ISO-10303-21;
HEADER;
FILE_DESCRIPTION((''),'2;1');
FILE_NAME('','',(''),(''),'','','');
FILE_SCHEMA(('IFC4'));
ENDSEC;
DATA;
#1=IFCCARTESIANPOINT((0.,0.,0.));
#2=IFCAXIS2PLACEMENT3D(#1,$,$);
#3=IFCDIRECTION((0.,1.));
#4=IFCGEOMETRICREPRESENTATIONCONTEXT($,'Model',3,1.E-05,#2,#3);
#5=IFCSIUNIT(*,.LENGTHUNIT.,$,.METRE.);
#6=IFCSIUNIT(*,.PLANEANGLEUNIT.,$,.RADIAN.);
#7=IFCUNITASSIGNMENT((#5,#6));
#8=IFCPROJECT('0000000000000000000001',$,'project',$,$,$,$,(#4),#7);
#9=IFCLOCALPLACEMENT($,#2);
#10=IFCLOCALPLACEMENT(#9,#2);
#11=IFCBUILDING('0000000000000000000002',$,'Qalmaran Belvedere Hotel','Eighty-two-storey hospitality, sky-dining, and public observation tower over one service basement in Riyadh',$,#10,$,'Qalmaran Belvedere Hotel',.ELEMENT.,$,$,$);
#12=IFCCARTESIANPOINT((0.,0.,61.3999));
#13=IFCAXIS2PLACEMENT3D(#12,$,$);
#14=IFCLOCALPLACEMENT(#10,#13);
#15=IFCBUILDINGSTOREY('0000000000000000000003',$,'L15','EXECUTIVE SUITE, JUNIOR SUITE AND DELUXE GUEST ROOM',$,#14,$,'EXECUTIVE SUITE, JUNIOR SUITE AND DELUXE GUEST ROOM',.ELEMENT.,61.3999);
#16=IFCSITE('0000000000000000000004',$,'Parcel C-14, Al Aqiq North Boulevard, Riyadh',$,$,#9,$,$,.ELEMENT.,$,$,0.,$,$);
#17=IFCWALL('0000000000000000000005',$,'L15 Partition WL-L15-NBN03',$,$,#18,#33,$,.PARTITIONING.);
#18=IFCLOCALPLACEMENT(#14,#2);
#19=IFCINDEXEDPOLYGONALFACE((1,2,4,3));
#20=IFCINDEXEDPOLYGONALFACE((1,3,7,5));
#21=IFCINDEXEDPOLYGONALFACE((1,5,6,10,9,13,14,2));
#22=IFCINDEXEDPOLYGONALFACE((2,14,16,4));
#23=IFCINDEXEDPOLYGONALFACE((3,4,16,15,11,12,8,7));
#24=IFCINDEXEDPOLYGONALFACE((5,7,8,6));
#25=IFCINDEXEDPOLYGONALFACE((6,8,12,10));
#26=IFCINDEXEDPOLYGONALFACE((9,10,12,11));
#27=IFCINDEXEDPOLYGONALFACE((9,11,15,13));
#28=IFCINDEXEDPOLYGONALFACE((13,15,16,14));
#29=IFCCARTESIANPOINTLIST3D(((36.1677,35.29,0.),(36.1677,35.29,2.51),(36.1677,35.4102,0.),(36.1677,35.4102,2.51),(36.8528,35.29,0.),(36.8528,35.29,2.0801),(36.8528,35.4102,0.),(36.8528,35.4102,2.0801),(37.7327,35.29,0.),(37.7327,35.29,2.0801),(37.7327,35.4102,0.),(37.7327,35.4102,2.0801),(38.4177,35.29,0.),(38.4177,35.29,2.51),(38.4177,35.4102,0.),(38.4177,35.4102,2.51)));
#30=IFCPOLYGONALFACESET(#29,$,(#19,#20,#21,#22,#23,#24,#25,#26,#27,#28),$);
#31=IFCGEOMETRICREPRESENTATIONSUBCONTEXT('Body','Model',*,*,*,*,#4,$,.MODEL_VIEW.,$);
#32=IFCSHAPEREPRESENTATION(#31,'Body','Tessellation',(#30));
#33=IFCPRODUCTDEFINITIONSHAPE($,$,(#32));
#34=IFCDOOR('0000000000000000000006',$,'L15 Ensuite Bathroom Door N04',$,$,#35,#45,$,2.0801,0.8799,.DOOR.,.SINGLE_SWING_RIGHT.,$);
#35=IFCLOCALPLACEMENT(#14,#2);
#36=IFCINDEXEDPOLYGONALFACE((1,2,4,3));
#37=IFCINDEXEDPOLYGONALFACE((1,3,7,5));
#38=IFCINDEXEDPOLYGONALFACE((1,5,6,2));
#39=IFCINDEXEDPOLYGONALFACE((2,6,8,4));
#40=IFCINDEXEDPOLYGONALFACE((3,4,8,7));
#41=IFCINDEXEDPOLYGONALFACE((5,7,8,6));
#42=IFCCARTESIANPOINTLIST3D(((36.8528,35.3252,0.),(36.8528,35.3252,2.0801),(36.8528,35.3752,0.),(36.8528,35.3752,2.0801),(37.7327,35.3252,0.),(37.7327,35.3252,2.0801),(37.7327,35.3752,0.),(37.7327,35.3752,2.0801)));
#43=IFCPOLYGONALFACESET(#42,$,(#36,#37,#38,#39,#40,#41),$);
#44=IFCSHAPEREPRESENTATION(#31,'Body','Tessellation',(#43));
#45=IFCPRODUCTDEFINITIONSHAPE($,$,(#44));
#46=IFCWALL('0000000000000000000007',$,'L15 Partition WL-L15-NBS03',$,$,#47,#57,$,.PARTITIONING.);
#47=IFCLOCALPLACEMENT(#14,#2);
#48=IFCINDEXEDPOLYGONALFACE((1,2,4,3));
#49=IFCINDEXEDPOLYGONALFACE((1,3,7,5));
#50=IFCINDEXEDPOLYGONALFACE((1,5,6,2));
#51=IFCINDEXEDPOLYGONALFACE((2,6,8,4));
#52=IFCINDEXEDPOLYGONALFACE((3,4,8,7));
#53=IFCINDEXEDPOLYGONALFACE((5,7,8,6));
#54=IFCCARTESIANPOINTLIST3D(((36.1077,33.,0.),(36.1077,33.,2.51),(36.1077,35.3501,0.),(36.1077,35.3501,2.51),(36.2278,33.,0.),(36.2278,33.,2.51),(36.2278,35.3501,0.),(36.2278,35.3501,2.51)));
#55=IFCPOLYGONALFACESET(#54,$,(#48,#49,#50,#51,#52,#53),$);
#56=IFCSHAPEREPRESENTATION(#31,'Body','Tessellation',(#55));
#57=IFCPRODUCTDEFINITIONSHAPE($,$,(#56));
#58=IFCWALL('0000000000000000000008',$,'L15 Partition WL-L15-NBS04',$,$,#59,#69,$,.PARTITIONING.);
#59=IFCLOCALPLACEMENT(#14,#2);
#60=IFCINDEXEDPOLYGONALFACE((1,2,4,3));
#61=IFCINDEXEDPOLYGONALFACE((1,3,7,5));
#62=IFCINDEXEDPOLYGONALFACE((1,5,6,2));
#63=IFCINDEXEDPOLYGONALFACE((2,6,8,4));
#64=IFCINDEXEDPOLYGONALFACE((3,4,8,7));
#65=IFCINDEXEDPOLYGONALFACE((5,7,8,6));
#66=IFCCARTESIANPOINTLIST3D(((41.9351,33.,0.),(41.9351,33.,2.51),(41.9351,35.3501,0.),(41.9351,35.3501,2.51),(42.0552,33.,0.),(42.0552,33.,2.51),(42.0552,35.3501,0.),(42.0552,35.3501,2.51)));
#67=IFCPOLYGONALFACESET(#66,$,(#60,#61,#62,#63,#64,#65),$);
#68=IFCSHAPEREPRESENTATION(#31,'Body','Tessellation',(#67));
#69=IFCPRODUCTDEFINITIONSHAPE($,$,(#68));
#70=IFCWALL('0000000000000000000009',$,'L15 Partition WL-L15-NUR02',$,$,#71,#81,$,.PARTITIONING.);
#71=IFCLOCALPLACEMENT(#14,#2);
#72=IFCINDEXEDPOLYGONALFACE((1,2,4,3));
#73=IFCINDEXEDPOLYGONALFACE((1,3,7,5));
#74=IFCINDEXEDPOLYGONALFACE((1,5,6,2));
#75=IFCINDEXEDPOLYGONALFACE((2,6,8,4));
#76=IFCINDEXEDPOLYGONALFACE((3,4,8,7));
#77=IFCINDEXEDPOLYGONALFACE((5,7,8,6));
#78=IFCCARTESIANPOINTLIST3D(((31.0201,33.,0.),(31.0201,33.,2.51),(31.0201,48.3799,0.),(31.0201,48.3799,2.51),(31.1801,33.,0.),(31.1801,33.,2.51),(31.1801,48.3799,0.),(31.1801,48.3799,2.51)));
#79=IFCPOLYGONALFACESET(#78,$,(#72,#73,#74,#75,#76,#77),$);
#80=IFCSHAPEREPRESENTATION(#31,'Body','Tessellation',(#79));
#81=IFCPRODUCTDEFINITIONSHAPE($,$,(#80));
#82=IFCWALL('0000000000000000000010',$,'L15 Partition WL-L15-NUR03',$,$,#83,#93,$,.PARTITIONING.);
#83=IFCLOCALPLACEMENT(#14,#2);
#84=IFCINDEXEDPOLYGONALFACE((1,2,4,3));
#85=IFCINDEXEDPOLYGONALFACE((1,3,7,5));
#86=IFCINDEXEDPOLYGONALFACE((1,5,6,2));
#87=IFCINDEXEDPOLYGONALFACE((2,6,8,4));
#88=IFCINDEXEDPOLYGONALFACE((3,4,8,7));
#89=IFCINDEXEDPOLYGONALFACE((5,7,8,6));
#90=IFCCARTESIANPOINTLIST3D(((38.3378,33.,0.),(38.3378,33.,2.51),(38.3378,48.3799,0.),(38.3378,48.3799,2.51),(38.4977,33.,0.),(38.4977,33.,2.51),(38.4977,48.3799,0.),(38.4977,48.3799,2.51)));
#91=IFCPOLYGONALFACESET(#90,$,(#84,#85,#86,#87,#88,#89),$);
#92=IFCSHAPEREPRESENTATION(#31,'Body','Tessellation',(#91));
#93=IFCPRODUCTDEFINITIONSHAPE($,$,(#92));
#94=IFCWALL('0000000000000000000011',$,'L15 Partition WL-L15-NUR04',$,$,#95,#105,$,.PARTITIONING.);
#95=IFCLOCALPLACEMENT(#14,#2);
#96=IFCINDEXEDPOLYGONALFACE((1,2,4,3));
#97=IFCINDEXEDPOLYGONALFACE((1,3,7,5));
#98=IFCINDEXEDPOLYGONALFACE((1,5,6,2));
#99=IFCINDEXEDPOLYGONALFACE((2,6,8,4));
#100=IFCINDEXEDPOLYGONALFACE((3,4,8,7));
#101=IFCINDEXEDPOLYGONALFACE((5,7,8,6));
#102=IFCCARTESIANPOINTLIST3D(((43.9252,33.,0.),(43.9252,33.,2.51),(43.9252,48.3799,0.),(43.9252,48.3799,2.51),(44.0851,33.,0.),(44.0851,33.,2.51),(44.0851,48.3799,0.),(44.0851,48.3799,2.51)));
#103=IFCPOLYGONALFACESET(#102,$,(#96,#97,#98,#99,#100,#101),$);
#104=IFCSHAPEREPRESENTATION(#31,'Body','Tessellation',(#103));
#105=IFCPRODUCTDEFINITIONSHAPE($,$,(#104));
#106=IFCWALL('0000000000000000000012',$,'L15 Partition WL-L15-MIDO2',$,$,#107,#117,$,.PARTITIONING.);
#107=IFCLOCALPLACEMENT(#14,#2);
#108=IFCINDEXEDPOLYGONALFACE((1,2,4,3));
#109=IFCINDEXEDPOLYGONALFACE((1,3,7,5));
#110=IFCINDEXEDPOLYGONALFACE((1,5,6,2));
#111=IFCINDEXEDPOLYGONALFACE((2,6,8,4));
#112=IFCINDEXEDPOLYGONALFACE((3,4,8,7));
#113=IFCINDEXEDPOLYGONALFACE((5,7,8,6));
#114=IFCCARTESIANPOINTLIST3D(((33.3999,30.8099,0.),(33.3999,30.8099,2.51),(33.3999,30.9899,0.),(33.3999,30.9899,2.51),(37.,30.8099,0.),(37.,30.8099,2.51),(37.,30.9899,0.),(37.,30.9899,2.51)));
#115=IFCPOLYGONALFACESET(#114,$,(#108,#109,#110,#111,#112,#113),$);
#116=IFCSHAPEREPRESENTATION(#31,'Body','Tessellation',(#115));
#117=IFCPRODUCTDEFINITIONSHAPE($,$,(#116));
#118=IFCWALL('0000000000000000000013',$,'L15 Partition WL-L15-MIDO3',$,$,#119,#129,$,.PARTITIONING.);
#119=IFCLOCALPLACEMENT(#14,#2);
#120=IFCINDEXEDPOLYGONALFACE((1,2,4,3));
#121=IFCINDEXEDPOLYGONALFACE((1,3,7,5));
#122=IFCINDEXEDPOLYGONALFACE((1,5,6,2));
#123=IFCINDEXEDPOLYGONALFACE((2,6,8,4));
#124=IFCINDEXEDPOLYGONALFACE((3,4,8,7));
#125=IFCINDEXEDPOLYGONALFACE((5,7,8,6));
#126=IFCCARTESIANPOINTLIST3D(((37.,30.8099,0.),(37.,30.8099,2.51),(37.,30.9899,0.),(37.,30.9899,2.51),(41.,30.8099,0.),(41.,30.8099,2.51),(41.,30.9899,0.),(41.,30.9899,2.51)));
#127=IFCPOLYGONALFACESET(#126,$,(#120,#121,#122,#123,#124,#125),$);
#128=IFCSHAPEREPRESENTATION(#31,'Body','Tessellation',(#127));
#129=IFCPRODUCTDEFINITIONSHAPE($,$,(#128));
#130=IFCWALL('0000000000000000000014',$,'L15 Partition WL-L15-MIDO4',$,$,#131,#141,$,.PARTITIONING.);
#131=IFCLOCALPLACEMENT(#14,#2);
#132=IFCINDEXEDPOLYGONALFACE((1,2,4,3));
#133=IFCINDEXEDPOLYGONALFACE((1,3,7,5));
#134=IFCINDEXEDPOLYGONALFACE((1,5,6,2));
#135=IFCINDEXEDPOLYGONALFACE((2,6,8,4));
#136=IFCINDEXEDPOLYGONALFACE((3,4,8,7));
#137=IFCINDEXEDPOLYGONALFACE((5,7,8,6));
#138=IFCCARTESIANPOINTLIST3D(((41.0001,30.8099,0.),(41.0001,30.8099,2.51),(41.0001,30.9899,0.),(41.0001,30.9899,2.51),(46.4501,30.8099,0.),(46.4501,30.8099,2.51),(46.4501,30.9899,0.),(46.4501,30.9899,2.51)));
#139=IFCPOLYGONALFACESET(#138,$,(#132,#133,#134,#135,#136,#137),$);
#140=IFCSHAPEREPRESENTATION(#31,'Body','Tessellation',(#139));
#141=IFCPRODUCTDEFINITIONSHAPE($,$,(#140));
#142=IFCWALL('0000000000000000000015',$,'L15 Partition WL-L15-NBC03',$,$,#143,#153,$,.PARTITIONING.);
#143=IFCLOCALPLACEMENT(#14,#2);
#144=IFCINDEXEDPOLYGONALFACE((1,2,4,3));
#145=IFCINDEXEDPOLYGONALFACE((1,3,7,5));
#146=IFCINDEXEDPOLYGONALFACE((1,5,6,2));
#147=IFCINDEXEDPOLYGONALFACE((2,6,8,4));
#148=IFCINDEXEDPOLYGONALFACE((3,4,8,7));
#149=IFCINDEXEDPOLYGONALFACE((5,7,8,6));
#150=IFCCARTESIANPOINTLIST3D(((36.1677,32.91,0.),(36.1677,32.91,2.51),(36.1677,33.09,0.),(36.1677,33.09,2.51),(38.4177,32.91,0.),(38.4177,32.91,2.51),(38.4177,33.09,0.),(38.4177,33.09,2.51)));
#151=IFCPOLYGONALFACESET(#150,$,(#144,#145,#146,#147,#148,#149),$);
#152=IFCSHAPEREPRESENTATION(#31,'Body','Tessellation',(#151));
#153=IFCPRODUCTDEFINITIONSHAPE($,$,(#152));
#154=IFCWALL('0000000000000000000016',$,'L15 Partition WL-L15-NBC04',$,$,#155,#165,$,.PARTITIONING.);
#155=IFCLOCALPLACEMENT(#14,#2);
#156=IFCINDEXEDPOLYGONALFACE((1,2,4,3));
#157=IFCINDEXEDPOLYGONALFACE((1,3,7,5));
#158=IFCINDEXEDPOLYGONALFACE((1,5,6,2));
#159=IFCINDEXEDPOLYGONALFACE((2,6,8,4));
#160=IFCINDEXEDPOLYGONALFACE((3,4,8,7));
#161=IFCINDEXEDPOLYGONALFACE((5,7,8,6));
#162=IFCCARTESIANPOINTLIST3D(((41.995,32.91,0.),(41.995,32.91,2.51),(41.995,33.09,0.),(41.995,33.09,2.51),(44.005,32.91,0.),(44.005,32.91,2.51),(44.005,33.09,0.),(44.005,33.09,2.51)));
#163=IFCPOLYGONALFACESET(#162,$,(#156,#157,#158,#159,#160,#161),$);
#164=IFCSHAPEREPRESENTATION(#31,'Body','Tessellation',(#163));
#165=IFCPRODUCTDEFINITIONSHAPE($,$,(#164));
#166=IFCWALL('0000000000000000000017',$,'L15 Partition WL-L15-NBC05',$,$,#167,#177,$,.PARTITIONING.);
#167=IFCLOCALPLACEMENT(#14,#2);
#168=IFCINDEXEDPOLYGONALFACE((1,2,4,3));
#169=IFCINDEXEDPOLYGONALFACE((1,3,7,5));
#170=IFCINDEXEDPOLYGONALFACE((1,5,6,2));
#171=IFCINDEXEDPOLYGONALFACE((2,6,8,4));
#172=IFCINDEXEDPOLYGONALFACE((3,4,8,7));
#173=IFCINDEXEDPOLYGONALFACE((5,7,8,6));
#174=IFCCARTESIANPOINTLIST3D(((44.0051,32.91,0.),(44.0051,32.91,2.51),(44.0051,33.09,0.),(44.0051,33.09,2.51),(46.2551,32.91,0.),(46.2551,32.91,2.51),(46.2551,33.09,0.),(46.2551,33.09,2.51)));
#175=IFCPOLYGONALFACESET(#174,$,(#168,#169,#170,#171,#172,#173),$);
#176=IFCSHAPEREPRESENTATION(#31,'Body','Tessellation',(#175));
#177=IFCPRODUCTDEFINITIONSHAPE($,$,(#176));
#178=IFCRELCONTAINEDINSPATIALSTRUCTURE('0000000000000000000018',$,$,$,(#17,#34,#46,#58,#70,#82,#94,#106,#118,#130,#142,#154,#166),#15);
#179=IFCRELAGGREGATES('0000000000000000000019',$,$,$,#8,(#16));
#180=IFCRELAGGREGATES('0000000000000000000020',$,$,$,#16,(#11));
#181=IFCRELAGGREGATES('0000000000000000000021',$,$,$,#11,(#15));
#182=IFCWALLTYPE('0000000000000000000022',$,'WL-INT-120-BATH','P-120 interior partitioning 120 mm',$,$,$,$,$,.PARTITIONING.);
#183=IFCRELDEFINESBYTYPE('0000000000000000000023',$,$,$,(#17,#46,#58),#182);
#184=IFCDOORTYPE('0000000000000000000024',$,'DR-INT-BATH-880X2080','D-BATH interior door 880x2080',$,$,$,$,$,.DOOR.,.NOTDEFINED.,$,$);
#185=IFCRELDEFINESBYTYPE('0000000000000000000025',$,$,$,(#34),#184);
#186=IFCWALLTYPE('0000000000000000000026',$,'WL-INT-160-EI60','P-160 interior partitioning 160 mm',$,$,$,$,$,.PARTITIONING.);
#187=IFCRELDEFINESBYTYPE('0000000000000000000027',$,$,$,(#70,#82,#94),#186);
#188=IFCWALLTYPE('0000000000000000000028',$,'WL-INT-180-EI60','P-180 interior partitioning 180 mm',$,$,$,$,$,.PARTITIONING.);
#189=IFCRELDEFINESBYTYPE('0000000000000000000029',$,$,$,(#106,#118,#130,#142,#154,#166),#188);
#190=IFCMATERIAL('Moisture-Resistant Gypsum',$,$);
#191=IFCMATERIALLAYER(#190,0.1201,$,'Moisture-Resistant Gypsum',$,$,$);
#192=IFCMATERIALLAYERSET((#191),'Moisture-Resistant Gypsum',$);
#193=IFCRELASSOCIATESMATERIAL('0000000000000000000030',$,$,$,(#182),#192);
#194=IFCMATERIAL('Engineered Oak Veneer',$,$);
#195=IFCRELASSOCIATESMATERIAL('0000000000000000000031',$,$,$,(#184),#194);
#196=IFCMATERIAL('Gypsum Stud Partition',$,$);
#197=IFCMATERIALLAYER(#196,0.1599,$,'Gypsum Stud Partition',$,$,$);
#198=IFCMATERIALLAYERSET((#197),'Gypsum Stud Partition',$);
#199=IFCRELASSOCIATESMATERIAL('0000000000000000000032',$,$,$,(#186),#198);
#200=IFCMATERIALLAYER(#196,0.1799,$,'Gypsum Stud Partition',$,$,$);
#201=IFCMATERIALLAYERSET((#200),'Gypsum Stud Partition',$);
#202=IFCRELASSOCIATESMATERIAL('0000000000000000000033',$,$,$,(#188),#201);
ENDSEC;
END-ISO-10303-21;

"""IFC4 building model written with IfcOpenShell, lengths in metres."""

from ifc_helpers import new_model, si_unit, direction, frame, frame_2d, origin, place, context, subcontext, project, spatial, rectangle, extrude, material, layer, layer_set, type_object, element, fill, save


model = new_model("IFC4")

# Units and contexts
model_context = context("Model", 3, precision=1e-05, world=origin(), true_north=direction((0.0, 1.0)))
body_context = subcontext(model_context, "Body", "Model", "MODEL_VIEW")
ifc_project = project(units=[si_unit("LENGTHUNIT", "METRE"), si_unit("PLANEANGLEUNIT", "RADIAN")], contexts=[model_context])

# Site, building, storey
site_placement = place(None, origin())
site = spatial("IfcSite", under=ifc_project, at=site_placement, Name="Parcel C-14, Al Aqiq North Boulevard, Riyadh", CompositionType="ELEMENT", RefElevation=0.0)
building_placement = place(site_placement, origin())
building = spatial("IfcBuilding", under=site, at=building_placement, Name="Qalmaran Belvedere Hotel", Description="Eighty-two-storey hospitality, sky-dining, and public observation tower over one service basement in Riyadh", LongName="Qalmaran Belvedere Hotel", CompositionType="ELEMENT")
storey_placement = place(building_placement, frame((0.0, 0.0, 61.3999)))
storey = spatial("IfcBuildingStorey", under=building, at=storey_placement, Name="L15", Description="EXECUTIVE SUITE, JUNIOR SUITE AND DELUXE GUEST ROOM", LongName="EXECUTIVE SUITE, JUNIOR SUITE AND DELUXE GUEST ROOM", CompositionType="ELEMENT", Elevation=61.3999)

# Wall, opening, door
ifc_material_1 = material(Name="Moisture-Resistant Gypsum")
ifc_layer_1 = layer(ifc_material_1, 0.1201, Name="Moisture-Resistant Gypsum")
ifc_layer_set_1 = layer_set([ifc_layer_1], Name="Moisture-Resistant Gypsum")
wall_type_1 = type_object("IfcWallType", Name="WL-INT-120-BATH", Description="P-120 interior partitioning 120 mm", PredefinedType="PARTITIONING", material=ifc_layer_set_1)
wall_1_placement = place(storey_placement, frame((36.1677, 35.3501, 0.0), z_axis=(0.0, 0.0, 1.0), x_axis=(1.0, 0.0, 0.0)))
wall_1 = element("IfcWall", 1, at=wall_1_placement, inside=storey, type_object=wall_type_1, Name="L15 Partition WL-L15-NBN03", PredefinedType="PARTITIONING", context=body_context, shape_type="SweptSolid", body=[
    extrude(rectangle(XDim=2.25, YDim=0.1201, at=frame_2d((1.125, 0.0))), origin(), (0.0, 0.0, 1.0), 2.51),
])
opening_1_placement = place(wall_1_placement, frame((1.5649, 0.0, 0.0), z_axis=(0.0, 0.0, 1.0), x_axis=(-1.0, 0.0, 0.0)))
opening_1 = element("IfcOpeningElement", 2, at=opening_1_placement, cuts=wall_1, PredefinedType="OPENING", context=body_context, shape_type="SweptSolid", body=[
    extrude(rectangle(XDim=0.8799, YDim=2.0801, at=frame_2d((0.4399, 1.04))), frame((0.0, 0.0701, 0.0), z_axis=(0.0, -1.0, 0.0), x_axis=(1.0, 0.0, 0.0)), (0.0, 0.0, 1.0), 0.1401),
])
ifc_material_2 = material(Name="Engineered Oak Veneer")
door_type_1 = type_object("IfcDoorType", Name="DR-INT-BATH-880X2080", Description="D-BATH interior door 880x2080", OperationType="NOTDEFINED", PredefinedType="DOOR", material=ifc_material_2)
door_1_placement = place(opening_1_placement, origin())
door_1 = element("IfcDoor", 3, at=door_1_placement, inside=storey, type_object=door_type_1, Name="L15 Ensuite Bathroom Door N04", OperationType="SINGLE_SWING_RIGHT", OverallHeight=2.0801, OverallWidth=0.8799, PredefinedType="DOOR", context=body_context, shape_type="SweptSolid", body=[
    extrude(rectangle(XDim=0.8799, YDim=2.0801, at=frame_2d((0.4399, 1.04))), frame((0.0, 0.0249, 0.0), z_axis=(0.0, -1.0, 0.0), x_axis=(1.0, 0.0, 0.0)), (0.0, 0.0, 1.0), 0.05),
])
fill(opening_1, door_1)

# Walls
for number, where, z_axis, x_axis, name in (
    (4, (36.1677, 33.0, 0.0), (0.0, 0.0, 1.0), (0.0, 1.0, 0.0), "L15 Partition WL-L15-NBS03"),
    (5, (41.9951, 33.0, 0.0), (0.0, 0.0, 1.0), (0.0, 1.0, 0.0), "L15 Partition WL-L15-NBS04"),
):
    element("IfcWall", number, at=place(storey_placement, frame(where, z_axis=z_axis, x_axis=x_axis)), inside=storey, type_object=wall_type_1, Name=name, PredefinedType="PARTITIONING", context=body_context, shape_type="SweptSolid", body=[
        extrude(rectangle(XDim=2.3501, YDim=0.1201, at=frame_2d((1.175, 0.0))), origin(), (0.0, 0.0, 1.0), 2.51),
    ])
ifc_material_3 = material(Name="Gypsum Stud Partition")
ifc_layer_2 = layer(ifc_material_3, 0.1599, Name="Gypsum Stud Partition")
ifc_layer_set_2 = layer_set([ifc_layer_2], Name="Gypsum Stud Partition")
wall_type_2 = type_object("IfcWallType", Name="WL-INT-160-EI60", Description="P-160 interior partitioning 160 mm", PredefinedType="PARTITIONING", material=ifc_layer_set_2)
for number, where, z_axis, x_axis, name in (
    (6, (31.1001, 33.0, 0.0), (0.0, 0.0, 1.0), (0.0, 1.0, 0.0), "L15 Partition WL-L15-NUR02"),
    (7, (38.4177, 33.0, 0.0), (0.0, 0.0, 1.0), (0.0, 1.0, 0.0), "L15 Partition WL-L15-NUR03"),
    (8, (44.0051, 33.0, 0.0), (0.0, 0.0, 1.0), (0.0, 1.0, 0.0), "L15 Partition WL-L15-NUR04"),
):
    element("IfcWall", number, at=place(storey_placement, frame(where, z_axis=z_axis, x_axis=x_axis)), inside=storey, type_object=wall_type_2, Name=name, PredefinedType="PARTITIONING", context=body_context, shape_type="SweptSolid", body=[
        extrude(rectangle(XDim=15.3799, YDim=0.1599, at=frame_2d((7.6899, 0.0))), origin(), (0.0, 0.0, 1.0), 2.51),
    ])
ifc_layer_3 = layer(ifc_material_3, 0.1799, Name="Gypsum Stud Partition")
ifc_layer_set_3 = layer_set([ifc_layer_3], Name="Gypsum Stud Partition")
wall_type_3 = type_object("IfcWallType", Name="WL-INT-180-EI60", Description="P-180 interior partitioning 180 mm", PredefinedType="PARTITIONING", material=ifc_layer_set_3)
wall_2_placement = place(storey_placement, frame((33.3999, 30.8999, 0.0), z_axis=(0.0, 0.0, 1.0), x_axis=(1.0, 0.0, 0.0)))
element("IfcWall", 9, at=wall_2_placement, inside=storey, type_object=wall_type_3, Name="L15 Partition WL-L15-MIDO2", PredefinedType="PARTITIONING", context=body_context, shape_type="SweptSolid", body=[
    extrude(rectangle(XDim=3.6001, YDim=0.1799, at=frame_2d((1.8, 0.0))), origin(), (0.0, 0.0, 1.0), 2.51),
])
wall_3_placement = place(storey_placement, frame((37.0, 30.8999, 0.0), z_axis=(0.0, 0.0, 1.0), x_axis=(1.0, 0.0, 0.0)))
element("IfcWall", 10, at=wall_3_placement, inside=storey, type_object=wall_type_3, Name="L15 Partition WL-L15-MIDO3", PredefinedType="PARTITIONING", context=body_context, shape_type="SweptSolid", body=[
    extrude(rectangle(XDim=4.0, YDim=0.1799, at=frame_2d((2.0, 0.0))), origin(), (0.0, 0.0, 1.0), 2.51),
])

# Walls
wall_4_placement = place(storey_placement, frame((41.0, 30.8999, 0.0), z_axis=(0.0, 0.0, 1.0), x_axis=(1.0, 0.0, 0.0)))
element("IfcWall", 11, at=wall_4_placement, inside=storey, type_object=wall_type_3, Name="L15 Partition WL-L15-MIDO4", PredefinedType="PARTITIONING", context=body_context, shape_type="SweptSolid", body=[
    extrude(rectangle(XDim=5.45, YDim=0.1799, at=frame_2d((2.7251, 0.0))), origin(), (0.0, 0.0, 1.0), 2.51),
])
wall_5_placement = place(storey_placement, frame((36.1677, 33.0, 0.0), z_axis=(0.0, 0.0, 1.0), x_axis=(1.0, 0.0, 0.0)))
element("IfcWall", 12, at=wall_5_placement, inside=storey, type_object=wall_type_3, Name="L15 Partition WL-L15-NBC03", PredefinedType="PARTITIONING", context=body_context, shape_type="SweptSolid", body=[
    extrude(rectangle(XDim=2.25, YDim=0.1799, at=frame_2d((1.125, 0.0))), origin(), (0.0, 0.0, 1.0), 2.51),
])

# Wall
wall_6_placement = place(storey_placement, frame((41.9951, 33.0, 0.0), z_axis=(0.0, 0.0, 1.0), x_axis=(1.0, 0.0, 0.0)))
element("IfcWall", 13, at=wall_6_placement, inside=storey, type_object=wall_type_3, Name="L15 Partition WL-L15-NBC04", PredefinedType="PARTITIONING", context=body_context, shape_type="SweptSolid", body=[
    extrude(rectangle(XDim=2.01, YDim=0.1799, at=frame_2d((1.0049, 0.0))), origin(), (0.0, 0.0, 1.0), 2.51),
])

# Wall
wall_7_placement = place(storey_placement, frame((44.0051, 33.0, 0.0), z_axis=(0.0, 0.0, 1.0), x_axis=(1.0, 0.0, 0.0)))
element("IfcWall", 14, at=wall_7_placement, inside=storey, type_object=wall_type_3, Name="L15 Partition WL-L15-NBC05", PredefinedType="PARTITIONING", context=body_context, shape_type="SweptSolid", body=[
    extrude(rectangle(XDim=2.25, YDim=0.1799, at=frame_2d((1.125, 0.0))), origin(), (0.0, 0.0, 1.0), 2.51),
])

save(model, "model.ifc")
